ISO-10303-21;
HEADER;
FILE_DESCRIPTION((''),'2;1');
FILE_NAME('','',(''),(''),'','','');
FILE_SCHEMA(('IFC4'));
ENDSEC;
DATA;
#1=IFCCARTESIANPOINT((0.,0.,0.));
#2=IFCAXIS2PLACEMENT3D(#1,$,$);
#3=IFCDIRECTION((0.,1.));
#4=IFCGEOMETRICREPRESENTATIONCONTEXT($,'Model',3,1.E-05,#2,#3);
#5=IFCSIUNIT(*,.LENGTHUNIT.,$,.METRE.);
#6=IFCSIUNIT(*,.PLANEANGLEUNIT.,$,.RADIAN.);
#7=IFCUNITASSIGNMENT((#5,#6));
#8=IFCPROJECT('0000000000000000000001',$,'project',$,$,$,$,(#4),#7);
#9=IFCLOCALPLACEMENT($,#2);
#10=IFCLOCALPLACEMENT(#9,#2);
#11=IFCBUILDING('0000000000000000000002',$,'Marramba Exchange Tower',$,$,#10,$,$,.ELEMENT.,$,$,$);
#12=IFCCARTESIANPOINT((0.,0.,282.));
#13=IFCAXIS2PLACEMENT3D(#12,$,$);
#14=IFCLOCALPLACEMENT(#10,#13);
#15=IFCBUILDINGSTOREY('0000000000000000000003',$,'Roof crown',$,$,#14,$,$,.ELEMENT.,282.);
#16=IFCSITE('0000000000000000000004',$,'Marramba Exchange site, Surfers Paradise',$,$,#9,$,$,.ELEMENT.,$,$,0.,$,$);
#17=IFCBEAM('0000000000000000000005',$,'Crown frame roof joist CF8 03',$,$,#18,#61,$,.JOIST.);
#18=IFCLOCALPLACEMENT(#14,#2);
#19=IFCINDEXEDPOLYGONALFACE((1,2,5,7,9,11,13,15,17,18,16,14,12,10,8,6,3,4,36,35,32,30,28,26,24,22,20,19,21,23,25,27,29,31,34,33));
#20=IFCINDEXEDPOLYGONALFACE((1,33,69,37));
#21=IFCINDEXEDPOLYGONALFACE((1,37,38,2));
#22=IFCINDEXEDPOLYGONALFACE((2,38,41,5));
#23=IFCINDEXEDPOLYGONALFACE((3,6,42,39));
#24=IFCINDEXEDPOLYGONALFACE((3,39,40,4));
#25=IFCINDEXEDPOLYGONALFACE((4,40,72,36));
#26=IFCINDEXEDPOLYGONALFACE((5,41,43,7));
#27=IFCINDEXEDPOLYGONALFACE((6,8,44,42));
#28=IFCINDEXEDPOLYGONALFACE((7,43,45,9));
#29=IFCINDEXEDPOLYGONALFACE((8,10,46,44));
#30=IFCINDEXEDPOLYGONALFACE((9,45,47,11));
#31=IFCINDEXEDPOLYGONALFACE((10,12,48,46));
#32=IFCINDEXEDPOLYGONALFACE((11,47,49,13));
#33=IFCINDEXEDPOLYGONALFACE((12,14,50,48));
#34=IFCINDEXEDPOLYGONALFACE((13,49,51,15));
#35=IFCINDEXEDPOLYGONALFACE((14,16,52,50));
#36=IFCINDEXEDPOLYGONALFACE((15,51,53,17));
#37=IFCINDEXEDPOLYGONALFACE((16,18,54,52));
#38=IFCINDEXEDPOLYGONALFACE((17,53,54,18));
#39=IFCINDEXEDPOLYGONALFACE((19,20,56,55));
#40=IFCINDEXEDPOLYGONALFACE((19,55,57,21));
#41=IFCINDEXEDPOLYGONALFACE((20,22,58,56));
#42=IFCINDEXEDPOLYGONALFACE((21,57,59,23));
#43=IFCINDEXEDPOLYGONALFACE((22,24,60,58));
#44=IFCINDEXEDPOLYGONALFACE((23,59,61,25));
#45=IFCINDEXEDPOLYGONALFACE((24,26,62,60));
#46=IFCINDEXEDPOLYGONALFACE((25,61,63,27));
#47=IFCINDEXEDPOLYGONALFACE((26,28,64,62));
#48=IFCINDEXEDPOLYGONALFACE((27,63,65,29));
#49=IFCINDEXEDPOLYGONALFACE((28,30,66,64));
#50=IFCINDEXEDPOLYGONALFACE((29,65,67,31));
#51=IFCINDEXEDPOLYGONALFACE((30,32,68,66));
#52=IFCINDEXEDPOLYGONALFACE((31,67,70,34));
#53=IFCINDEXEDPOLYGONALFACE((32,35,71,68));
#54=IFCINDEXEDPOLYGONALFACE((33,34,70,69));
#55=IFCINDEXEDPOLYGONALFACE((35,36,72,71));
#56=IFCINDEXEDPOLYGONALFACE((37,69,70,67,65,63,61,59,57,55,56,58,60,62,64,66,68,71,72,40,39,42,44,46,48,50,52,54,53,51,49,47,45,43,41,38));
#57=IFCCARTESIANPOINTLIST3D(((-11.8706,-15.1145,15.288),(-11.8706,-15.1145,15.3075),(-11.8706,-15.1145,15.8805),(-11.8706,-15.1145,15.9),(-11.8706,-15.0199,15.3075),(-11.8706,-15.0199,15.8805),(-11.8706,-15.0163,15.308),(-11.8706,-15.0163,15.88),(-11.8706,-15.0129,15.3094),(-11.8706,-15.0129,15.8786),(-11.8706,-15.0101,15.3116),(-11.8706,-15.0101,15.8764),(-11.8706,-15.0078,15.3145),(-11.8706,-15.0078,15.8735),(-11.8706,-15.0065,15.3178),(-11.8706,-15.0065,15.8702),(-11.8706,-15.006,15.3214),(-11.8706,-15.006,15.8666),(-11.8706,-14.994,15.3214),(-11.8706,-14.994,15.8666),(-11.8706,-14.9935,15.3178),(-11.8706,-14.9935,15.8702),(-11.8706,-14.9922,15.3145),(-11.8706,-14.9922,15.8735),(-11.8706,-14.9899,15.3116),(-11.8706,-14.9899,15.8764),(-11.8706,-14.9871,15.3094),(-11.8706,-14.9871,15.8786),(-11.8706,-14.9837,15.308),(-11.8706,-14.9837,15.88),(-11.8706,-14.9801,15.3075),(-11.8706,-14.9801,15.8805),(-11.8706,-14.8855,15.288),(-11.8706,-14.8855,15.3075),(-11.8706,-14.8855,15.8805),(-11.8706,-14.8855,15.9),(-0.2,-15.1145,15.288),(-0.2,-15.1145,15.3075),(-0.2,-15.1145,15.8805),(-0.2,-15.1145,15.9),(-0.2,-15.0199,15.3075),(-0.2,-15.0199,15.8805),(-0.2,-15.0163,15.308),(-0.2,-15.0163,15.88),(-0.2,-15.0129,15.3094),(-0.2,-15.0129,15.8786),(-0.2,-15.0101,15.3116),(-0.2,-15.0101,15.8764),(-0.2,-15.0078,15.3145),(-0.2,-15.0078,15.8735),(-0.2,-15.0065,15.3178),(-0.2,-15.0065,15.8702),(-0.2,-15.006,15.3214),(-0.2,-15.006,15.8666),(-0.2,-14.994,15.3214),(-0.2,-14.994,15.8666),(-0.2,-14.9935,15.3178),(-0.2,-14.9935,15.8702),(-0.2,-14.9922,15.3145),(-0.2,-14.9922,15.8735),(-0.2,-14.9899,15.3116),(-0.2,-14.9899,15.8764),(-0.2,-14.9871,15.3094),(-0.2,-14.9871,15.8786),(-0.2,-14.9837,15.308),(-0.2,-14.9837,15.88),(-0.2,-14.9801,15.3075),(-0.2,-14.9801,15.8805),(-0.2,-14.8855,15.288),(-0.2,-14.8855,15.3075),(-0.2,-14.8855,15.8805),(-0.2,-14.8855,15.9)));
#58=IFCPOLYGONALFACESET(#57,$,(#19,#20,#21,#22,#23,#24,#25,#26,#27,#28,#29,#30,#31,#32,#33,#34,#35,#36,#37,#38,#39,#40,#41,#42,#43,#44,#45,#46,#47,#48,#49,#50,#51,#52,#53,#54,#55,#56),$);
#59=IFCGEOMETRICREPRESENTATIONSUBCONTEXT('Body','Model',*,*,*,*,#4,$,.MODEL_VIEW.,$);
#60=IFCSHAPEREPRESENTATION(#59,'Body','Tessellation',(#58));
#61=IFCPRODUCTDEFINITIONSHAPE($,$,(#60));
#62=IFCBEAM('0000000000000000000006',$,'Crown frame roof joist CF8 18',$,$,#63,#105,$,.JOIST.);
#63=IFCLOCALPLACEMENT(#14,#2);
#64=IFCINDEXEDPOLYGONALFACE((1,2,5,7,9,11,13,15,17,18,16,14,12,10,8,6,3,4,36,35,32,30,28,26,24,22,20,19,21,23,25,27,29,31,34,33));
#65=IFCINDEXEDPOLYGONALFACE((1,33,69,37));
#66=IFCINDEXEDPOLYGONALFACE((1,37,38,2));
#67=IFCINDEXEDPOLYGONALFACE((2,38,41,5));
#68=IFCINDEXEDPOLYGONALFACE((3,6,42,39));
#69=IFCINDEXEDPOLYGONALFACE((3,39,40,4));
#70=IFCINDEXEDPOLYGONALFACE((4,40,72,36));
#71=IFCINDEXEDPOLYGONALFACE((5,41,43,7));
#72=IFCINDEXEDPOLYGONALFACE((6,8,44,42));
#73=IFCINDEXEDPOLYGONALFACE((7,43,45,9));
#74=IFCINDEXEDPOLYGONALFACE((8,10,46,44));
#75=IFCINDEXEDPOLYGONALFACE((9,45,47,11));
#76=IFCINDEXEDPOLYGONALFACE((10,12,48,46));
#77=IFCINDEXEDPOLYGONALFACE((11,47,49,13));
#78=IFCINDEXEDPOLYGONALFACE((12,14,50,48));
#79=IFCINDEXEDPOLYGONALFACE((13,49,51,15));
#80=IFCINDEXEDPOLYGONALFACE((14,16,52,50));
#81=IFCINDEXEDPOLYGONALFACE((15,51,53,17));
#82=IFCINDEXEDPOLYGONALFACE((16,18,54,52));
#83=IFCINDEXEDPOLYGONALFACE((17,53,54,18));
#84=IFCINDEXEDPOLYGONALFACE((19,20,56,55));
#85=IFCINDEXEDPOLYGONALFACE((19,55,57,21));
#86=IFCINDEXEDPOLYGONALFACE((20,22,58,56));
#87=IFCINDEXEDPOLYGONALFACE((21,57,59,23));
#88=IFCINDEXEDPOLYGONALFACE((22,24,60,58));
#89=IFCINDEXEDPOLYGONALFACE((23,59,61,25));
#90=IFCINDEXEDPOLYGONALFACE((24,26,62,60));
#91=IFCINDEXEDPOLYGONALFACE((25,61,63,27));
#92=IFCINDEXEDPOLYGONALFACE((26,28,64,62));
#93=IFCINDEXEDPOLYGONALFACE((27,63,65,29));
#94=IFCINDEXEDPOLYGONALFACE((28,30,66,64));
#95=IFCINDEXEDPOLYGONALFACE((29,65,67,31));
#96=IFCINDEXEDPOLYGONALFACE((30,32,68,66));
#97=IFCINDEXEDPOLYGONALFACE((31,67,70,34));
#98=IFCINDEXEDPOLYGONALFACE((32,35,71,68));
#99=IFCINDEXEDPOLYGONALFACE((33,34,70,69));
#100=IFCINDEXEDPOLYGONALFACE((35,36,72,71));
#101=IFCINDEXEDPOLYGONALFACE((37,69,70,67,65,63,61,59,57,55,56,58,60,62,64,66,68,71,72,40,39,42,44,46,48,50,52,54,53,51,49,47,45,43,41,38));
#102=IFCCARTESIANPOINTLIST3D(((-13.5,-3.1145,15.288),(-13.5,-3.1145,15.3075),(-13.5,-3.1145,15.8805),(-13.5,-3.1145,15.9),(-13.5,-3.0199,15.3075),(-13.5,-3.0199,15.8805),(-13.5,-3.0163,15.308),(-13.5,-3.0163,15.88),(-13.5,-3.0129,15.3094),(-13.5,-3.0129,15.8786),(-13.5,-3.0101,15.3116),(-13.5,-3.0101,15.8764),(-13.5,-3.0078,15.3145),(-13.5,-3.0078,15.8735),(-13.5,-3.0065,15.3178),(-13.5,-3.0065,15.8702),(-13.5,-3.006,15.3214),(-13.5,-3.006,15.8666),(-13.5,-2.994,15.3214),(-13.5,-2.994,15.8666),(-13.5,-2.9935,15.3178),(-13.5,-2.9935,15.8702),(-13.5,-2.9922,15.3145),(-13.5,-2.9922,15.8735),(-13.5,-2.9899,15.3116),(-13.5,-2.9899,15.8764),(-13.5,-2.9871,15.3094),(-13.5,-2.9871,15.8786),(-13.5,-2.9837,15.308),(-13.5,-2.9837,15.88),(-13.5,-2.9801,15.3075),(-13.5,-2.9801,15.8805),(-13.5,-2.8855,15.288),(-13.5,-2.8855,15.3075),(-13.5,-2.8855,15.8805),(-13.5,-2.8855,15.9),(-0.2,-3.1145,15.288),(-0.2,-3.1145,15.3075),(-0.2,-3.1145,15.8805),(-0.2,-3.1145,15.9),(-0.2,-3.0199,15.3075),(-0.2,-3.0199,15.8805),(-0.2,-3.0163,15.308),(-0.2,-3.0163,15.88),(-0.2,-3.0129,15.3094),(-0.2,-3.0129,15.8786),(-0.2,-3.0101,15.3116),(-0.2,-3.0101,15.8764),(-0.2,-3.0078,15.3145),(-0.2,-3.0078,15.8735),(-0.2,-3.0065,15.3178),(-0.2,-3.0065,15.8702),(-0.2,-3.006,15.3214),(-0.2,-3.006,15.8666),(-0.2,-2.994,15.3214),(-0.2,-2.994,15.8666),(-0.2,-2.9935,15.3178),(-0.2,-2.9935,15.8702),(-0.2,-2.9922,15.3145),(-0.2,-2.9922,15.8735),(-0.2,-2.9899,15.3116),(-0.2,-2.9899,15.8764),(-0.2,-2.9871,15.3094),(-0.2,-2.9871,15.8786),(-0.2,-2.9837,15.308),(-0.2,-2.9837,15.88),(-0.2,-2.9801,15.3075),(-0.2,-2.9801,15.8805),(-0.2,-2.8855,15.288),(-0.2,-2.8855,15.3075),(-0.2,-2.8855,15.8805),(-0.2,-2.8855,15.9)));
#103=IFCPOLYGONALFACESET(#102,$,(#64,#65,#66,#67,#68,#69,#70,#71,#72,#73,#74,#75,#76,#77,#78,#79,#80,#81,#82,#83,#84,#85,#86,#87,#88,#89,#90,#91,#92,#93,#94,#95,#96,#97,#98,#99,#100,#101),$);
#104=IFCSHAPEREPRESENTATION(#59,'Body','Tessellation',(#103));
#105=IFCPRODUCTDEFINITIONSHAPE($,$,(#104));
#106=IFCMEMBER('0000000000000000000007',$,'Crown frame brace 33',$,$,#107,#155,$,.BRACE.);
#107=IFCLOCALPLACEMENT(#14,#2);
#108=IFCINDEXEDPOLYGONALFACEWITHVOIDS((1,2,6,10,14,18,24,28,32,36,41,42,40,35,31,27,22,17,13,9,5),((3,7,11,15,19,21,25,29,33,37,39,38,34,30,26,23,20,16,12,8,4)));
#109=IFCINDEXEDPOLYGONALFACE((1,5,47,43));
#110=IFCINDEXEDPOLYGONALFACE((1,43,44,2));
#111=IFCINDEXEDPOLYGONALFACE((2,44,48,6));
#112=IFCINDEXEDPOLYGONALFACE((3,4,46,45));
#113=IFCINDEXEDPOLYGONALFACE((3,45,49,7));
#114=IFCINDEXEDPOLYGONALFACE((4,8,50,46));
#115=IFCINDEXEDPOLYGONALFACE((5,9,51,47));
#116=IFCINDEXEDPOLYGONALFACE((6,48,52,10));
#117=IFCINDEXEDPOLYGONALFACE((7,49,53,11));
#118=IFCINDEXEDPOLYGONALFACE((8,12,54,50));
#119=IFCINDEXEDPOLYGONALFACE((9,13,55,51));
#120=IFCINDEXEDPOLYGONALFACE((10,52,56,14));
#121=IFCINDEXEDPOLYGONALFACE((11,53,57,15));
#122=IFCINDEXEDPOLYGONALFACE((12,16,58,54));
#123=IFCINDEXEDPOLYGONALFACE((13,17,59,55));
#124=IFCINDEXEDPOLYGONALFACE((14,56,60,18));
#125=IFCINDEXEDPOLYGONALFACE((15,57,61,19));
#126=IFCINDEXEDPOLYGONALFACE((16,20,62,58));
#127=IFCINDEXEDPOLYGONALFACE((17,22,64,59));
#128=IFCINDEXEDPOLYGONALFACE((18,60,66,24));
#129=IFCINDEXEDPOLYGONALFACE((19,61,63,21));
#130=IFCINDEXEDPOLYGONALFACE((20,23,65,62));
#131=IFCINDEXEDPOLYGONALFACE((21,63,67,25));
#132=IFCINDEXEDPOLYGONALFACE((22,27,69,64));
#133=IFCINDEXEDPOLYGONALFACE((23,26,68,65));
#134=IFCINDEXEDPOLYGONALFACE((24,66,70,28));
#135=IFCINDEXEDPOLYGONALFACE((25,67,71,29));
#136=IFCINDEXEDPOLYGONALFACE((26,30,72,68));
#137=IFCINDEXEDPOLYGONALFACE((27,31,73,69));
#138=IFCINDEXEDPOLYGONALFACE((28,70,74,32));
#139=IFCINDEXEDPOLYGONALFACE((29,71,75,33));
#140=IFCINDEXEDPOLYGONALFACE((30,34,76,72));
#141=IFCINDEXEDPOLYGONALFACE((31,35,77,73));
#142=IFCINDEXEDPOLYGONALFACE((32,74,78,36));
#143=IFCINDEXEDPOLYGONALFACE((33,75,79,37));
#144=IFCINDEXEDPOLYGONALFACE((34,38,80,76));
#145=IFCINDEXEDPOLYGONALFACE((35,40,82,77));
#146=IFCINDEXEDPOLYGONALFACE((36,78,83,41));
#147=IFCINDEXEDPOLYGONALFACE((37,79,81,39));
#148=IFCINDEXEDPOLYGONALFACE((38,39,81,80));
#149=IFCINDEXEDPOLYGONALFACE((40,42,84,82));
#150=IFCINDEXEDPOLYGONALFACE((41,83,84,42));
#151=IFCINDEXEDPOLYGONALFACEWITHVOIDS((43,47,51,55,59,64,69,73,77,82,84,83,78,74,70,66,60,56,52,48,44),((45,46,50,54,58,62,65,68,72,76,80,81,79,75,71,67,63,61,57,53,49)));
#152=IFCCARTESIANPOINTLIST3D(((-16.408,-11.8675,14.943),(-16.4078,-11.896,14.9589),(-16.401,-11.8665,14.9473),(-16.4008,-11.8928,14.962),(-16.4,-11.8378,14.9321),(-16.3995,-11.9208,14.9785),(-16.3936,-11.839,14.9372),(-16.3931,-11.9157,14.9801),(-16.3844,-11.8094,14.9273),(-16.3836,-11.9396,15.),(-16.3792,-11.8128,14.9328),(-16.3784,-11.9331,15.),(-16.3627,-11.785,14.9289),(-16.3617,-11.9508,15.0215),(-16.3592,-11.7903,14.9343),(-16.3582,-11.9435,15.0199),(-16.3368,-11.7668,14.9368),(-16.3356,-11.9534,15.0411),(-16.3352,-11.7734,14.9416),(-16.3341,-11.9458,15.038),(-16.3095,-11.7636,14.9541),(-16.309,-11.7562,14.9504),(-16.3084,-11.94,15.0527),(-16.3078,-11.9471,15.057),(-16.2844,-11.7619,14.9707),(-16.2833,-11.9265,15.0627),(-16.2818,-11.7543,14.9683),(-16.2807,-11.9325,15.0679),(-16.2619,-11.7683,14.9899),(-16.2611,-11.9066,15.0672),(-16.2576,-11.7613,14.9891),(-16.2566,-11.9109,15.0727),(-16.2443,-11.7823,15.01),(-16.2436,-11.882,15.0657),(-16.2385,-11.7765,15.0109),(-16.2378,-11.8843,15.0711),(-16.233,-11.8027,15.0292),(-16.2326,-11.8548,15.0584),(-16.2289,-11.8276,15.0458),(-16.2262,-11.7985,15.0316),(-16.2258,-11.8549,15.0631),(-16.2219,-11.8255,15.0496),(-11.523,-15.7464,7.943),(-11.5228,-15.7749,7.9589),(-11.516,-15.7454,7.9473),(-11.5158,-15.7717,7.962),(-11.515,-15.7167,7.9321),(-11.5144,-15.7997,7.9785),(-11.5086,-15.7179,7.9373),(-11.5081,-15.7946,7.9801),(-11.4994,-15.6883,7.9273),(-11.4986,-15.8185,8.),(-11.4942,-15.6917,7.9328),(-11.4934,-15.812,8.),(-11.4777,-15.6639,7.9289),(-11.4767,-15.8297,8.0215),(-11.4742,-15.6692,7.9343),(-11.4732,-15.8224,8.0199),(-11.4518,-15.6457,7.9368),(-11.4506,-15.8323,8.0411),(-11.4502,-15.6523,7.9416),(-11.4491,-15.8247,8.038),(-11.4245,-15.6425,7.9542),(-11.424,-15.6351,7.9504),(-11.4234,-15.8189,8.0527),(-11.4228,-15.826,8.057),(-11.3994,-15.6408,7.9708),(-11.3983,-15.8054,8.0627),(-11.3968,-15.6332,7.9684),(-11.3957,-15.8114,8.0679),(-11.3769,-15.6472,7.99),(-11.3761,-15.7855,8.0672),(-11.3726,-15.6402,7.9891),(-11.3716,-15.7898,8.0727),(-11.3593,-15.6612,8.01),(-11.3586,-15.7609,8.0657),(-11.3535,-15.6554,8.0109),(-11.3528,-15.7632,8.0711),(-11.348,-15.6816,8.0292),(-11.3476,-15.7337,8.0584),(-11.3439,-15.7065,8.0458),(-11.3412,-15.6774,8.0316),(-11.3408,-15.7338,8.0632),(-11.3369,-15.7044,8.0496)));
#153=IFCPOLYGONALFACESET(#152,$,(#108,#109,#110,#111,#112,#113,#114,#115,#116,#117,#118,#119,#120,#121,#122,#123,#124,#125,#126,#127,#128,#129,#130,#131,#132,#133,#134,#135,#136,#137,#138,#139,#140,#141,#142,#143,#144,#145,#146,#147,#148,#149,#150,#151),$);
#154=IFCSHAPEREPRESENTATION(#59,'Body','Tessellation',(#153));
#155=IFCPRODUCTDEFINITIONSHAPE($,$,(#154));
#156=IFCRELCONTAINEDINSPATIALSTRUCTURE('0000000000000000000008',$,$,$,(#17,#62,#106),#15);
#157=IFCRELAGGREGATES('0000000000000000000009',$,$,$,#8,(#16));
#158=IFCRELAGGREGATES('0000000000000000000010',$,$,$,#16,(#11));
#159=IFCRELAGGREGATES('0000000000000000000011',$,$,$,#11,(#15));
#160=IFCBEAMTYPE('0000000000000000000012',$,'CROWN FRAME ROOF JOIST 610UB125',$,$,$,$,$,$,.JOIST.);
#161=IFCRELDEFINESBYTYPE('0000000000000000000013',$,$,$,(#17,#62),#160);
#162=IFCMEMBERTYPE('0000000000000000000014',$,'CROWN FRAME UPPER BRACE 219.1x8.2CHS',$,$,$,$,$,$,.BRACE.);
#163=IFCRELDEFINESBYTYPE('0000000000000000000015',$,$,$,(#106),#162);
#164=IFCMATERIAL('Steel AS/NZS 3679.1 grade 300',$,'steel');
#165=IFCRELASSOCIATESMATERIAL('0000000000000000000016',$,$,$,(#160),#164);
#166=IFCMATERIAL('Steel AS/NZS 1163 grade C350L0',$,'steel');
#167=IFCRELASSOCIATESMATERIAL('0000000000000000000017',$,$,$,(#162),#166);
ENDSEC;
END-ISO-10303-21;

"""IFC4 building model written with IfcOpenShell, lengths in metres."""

from ifc_helpers import new_model, si_unit, direction, frame, origin, origin_2d, place, context, subcontext, project, spatial, hollow_circle, i_section, extrude, material, material_profile, profile_set, type_object, element, save


model = new_model("IFC4")

# Units and contexts
model_context = context("Model", 3, precision=1e-05, world=origin(), true_north=direction((0.0, 1.0)))
body_context = subcontext(model_context, "Body", "Model", "MODEL_VIEW")
ifc_project = project(units=[si_unit("LENGTHUNIT", "METRE"), si_unit("PLANEANGLEUNIT", "RADIAN")], contexts=[model_context])

# Site, building, storey
site_placement = place(None, origin())
site = spatial("IfcSite", under=ifc_project, at=site_placement, Name="Marramba Exchange site, Surfers Paradise", CompositionType="ELEMENT", RefElevation=0.0)
building_placement = place(site_placement, origin())
building = spatial("IfcBuilding", under=site, at=building_placement, Name="Marramba Exchange Tower", CompositionType="ELEMENT")
storey_placement = place(building_placement, frame((0.0, 0.0, 282.0)))
storey = spatial("IfcBuildingStorey", under=building, at=storey_placement, Name="Roof crown", CompositionType="ELEMENT", Elevation=282.0)

# Beams
ifc_material_1 = material(Name="Steel AS/NZS 1163 grade C350L0", Category="steel")
ifc_material_2 = material(Name="Steel AS/NZS 3679.1 grade 300", Category="steel")
ifc_material_profile_1 = material_profile(ifc_material_2, i_section(OverallWidth=0.229, OverallDepth=0.6121, WebThickness=0.012, FlangeThickness=0.0195, FilletRadius=0.0139, at=origin_2d()), Name="610UB125")
ifc_profile_set_1 = profile_set([ifc_material_profile_1], Name="Steel AS/NZS 3679.1 grade 300")
beam_type_1 = type_object("IfcBeamType", Name="CROWN FRAME ROOF JOIST 610UB125", PredefinedType="JOIST", material=ifc_profile_set_1)
beam_1_placement = place(storey_placement, frame((-11.8706, -15.0, 15.594), z_axis=(1.0, 0.0, 0.0), x_axis=(0.0, 1.0, 0.0)))
element("IfcBeam", 1, at=beam_1_placement, inside=storey, type_object=beam_type_1, Name="Crown frame roof joist CF8 03", PredefinedType="JOIST", context=body_context, shape_type="SweptSolid", body=[
    extrude(i_section(OverallWidth=0.229, OverallDepth=0.6121, WebThickness=0.012, FlangeThickness=0.0195, FilletRadius=0.0139, at=origin_2d()), origin(), (0.0, 0.0, 1.0), 11.6707),
])
beam_2_placement = place(storey_placement, frame((-13.5, -3.0, 15.594), z_axis=(1.0, 0.0, 0.0), x_axis=(0.0, 1.0, 0.0)))
element("IfcBeam", 2, at=beam_2_placement, inside=storey, type_object=beam_type_1, Name="Crown frame roof joist CF8 18", PredefinedType="JOIST", context=body_context, shape_type="SweptSolid", body=[
    extrude(i_section(OverallWidth=0.229, OverallDepth=0.6121, WebThickness=0.012, FlangeThickness=0.0195, FilletRadius=0.0139, at=origin_2d()), origin(), (0.0, 0.0, 1.0), 13.3),
])

# Member
ifc_material_profile_2 = material_profile(ifc_material_1, hollow_circle(Radius=0.1096, WallThickness=0.0083, at=origin_2d()), Name="219.1x8.2CHS")
ifc_profile_set_2 = profile_set([ifc_material_profile_2], Name="Steel AS/NZS 1163 grade C350L0")
member_type = type_object("IfcMemberType", Name="CROWN FRAME UPPER BRACE 219.1x8.2CHS", PredefinedType="BRACE", material=ifc_profile_set_2)
member_1_placement = place(storey_placement, frame((-11.4304, -15.7327, 8.0), z_axis=(-0.521013, 0.413706, 0.746588), x_axis=(-0.621846, -0.783139, 0.0)))
element("IfcMember", 3, at=member_1_placement, inside=storey, type_object=member_type, Name="Crown frame brace 33", PredefinedType="BRACE", context=body_context, shape_type="SweptSolid", body=[
    extrude(hollow_circle(Radius=0.1096, WallThickness=0.0083, at=origin_2d()), origin(), (0.0, 0.0, 1.0), 9.376),
])

save(model, "model.ifc")
